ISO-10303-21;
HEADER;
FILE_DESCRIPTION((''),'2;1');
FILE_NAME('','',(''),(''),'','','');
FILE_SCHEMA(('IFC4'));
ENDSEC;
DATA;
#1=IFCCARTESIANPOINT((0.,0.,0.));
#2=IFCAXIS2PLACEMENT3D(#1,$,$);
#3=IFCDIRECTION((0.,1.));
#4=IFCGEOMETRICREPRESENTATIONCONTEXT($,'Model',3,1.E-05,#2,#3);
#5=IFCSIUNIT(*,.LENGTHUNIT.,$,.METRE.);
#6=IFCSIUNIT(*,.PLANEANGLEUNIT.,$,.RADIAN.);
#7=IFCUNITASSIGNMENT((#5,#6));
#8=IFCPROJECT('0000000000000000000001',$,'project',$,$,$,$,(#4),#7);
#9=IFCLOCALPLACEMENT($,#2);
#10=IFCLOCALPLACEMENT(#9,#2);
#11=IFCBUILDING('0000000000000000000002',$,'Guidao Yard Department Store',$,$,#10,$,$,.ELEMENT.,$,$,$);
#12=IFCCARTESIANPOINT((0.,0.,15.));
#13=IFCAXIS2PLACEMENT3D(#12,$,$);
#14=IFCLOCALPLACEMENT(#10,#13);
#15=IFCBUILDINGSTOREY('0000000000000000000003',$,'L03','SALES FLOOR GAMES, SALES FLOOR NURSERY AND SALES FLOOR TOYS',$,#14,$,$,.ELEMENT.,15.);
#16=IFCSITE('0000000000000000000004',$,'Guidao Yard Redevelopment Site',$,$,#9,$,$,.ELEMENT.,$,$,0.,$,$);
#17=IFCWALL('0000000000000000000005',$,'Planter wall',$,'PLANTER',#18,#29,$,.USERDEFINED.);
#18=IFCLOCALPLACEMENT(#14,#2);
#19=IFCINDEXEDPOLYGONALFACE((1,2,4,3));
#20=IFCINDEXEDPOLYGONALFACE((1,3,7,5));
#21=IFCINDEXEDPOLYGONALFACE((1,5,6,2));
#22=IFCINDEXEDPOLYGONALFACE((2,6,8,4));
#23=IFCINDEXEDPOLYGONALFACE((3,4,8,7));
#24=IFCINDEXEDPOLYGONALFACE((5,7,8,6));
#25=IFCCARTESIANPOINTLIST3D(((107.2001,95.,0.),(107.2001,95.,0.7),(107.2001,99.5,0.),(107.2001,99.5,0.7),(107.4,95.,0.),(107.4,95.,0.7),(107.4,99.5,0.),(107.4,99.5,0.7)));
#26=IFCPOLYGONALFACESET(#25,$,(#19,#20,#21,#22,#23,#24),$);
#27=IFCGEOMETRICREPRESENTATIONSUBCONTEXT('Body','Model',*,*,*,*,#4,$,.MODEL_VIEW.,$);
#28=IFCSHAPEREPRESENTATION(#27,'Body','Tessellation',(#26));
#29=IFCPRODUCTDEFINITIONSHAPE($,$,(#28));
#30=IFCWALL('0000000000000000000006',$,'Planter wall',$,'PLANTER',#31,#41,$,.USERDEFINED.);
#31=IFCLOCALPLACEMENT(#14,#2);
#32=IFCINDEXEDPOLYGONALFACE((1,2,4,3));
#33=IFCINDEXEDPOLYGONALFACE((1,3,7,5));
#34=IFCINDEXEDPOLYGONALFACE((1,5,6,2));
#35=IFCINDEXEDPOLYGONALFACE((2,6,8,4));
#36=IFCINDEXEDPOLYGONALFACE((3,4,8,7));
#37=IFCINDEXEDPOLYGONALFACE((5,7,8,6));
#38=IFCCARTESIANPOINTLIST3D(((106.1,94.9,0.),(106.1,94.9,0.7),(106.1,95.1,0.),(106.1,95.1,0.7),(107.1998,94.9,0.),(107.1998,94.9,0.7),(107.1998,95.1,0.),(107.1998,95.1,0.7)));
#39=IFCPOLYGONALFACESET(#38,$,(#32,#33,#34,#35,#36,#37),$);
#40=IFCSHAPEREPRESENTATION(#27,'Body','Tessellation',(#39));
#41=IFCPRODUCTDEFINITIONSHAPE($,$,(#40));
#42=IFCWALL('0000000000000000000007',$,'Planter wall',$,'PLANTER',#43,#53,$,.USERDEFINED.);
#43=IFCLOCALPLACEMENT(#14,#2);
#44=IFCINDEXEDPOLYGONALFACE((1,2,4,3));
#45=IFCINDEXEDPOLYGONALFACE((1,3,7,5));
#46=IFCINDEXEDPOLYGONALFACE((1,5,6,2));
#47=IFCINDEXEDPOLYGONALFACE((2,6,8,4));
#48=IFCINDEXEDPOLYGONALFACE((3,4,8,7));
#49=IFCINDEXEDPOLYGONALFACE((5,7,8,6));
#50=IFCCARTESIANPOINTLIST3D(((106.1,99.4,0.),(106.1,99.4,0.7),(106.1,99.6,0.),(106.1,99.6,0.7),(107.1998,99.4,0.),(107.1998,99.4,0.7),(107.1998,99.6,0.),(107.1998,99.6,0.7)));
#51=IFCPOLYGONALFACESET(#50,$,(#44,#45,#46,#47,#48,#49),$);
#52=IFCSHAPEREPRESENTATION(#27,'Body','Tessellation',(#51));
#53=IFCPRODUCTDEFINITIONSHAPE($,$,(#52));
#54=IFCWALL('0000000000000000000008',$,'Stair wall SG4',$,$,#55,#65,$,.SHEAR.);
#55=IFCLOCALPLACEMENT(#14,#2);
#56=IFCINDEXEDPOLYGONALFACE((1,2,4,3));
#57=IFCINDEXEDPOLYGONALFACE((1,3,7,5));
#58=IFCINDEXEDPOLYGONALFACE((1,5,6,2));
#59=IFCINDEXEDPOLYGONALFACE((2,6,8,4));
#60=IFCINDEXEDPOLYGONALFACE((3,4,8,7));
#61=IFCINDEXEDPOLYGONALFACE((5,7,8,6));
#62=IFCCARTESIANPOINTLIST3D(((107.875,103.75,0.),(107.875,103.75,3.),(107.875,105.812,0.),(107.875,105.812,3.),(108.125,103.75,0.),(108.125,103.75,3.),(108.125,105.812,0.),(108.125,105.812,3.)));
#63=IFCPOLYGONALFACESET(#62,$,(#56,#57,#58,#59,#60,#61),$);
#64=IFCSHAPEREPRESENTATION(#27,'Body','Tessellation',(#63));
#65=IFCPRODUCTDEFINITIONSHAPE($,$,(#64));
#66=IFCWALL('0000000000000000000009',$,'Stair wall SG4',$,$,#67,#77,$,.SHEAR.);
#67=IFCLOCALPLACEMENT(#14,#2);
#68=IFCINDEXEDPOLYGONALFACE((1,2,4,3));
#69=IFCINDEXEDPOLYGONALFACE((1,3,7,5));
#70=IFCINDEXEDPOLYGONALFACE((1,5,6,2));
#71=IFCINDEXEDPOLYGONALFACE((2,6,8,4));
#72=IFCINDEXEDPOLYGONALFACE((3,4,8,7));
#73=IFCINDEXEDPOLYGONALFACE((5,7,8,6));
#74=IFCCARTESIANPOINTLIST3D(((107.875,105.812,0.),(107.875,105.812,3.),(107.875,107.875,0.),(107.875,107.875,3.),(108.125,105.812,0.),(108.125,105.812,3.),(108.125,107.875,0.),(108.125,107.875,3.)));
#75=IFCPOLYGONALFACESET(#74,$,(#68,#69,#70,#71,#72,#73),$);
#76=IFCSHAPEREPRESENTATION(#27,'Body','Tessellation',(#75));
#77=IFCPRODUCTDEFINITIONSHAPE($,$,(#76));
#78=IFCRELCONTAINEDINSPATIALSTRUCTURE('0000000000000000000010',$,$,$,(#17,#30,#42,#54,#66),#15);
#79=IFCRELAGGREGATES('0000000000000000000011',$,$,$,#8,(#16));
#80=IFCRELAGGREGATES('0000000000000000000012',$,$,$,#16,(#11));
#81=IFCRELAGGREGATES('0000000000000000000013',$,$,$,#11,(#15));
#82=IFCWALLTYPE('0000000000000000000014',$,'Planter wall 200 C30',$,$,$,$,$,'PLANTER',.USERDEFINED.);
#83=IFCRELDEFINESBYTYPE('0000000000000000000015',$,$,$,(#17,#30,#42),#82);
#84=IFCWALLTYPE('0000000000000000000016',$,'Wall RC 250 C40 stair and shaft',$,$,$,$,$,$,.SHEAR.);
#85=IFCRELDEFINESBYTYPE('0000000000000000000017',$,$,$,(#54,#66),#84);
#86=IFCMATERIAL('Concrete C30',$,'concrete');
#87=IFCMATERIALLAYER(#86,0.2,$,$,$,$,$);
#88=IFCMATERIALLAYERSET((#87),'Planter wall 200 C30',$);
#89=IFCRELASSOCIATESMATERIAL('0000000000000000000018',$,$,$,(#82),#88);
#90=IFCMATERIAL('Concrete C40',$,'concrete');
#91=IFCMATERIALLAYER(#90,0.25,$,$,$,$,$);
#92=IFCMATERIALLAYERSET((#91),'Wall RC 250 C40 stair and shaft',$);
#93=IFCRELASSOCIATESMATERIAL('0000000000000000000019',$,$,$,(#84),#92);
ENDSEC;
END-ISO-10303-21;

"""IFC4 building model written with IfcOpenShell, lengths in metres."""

from ifc_helpers import new_model, si_unit, direction, frame, frame_2d, origin, place, context, subcontext, project, spatial, rectangle, extrude, material, layer, layer_set, type_object, element, save


model = new_model("IFC4")

# Units and contexts
model_context = context("Model", 3, precision=1e-05, world=origin(), true_north=direction((0.0, 1.0)))
body_context = subcontext(model_context, "Body", "Model", "MODEL_VIEW")
ifc_project = project(units=[si_unit("LENGTHUNIT", "METRE"), si_unit("PLANEANGLEUNIT", "RADIAN")], contexts=[model_context])

# Site, building, storey
site_placement = place(None, origin())
site = spatial("IfcSite", under=ifc_project, at=site_placement, Name="Guidao Yard Redevelopment Site", CompositionType="ELEMENT", RefElevation=0.0)
building_placement = place(site_placement, origin())
building = spatial("IfcBuilding", under=site, at=building_placement, Name="Guidao Yard Department Store", CompositionType="ELEMENT")
storey_placement = place(building_placement, frame((0.0, 0.0, 15.0)))
storey = spatial("IfcBuildingStorey", under=building, at=storey_placement, Name="L03", Description="SALES FLOOR GAMES, SALES FLOOR NURSERY AND SALES FLOOR TOYS", CompositionType="ELEMENT", Elevation=15.0)

# Walls
ifc_material_1 = material(Name="Concrete C30", Category="concrete")
ifc_layer_1 = layer(ifc_material_1, 0.2)
ifc_layer_set_1 = layer_set([ifc_layer_1], Name="Planter wall 200 C30")
wall_type_1 = type_object("IfcWallType", Name="Planter wall 200 C30", ElementType="PLANTER", PredefinedType="USERDEFINED", material=ifc_layer_set_1)
for number, where, z_axis, x_axis, name in (
    (1, (107.3, 95.0, 0.0), (0.0, 0.0, 1.0), (0.0, 1.0, 0.0), "Planter wall"),
):
    element("IfcWall", number, at=place(storey_placement, frame(where, z_axis=z_axis, x_axis=x_axis)), inside=storey, type_object=wall_type_1, Name=name, ObjectType="PLANTER", PredefinedType="USERDEFINED", context=body_context, shape_type="SweptSolid", body=[
        extrude(rectangle(XDim=4.5, YDim=0.2, at=frame_2d((2.25, 0.0))), origin(), (0.0, 0.0, 1.0), 0.7),
    ])
for number, where, z_axis, x_axis, name in (
    (2, (106.1001, 95.0, 0.0), (0.0, 0.0, 1.0), (1.0, 0.0, 0.0), "Planter wall"),
    (3, (106.1001, 99.5, 0.0), (0.0, 0.0, 1.0), (1.0, 0.0, 0.0), "Planter wall"),
):
    element("IfcWall", number, at=place(storey_placement, frame(where, z_axis=z_axis, x_axis=x_axis)), inside=storey, type_object=wall_type_1, Name=name, ObjectType="PLANTER", PredefinedType="USERDEFINED", context=body_context, shape_type="SweptSolid", body=[
        extrude(rectangle(XDim=1.0999, YDim=0.2, at=frame_2d((0.5498, 0.0))), origin(), (0.0, 0.0, 1.0), 0.7),
    ])
ifc_material_2 = material(Name="Concrete C40", Category="concrete")
ifc_layer_2 = layer(ifc_material_2, 0.25)
ifc_layer_set_2 = layer_set([ifc_layer_2], Name="Wall RC 250 C40 stair and shaft")
wall_type_2 = type_object("IfcWallType", Name="Wall RC 250 C40 stair and shaft", PredefinedType="SHEAR", material=ifc_layer_set_2)
wall_1_placement = place(storey_placement, frame((108.0, 103.75, 0.0), z_axis=(0.0, 0.0, 1.0), x_axis=(0.0, 1.0, 0.0)))
element("IfcWall", 4, at=wall_1_placement, inside=storey, type_object=wall_type_2, Name="Stair wall SG4", PredefinedType="SHEAR", context=body_context, shape_type="SweptSolid", body=[
    extrude(rectangle(XDim=2.062, YDim=0.25, at=frame_2d((1.031, 0.0))), origin(), (0.0, 0.0, 1.0), 3.0),
])
wall_2_placement = place(storey_placement, frame((108.0, 105.812, 0.0), z_axis=(0.0, 0.0, 1.0), x_axis=(0.0, 1.0, 0.0)))
element("IfcWall", 5, at=wall_2_placement, inside=storey, type_object=wall_type_2, Name="Stair wall SG4", PredefinedType="SHEAR", context=body_context, shape_type="SweptSolid", body=[
    extrude(rectangle(XDim=2.063, YDim=0.25, at=frame_2d((1.0315, 0.0))), origin(), (0.0, 0.0, 1.0), 3.0),
])

save(model, "model.ifc")
